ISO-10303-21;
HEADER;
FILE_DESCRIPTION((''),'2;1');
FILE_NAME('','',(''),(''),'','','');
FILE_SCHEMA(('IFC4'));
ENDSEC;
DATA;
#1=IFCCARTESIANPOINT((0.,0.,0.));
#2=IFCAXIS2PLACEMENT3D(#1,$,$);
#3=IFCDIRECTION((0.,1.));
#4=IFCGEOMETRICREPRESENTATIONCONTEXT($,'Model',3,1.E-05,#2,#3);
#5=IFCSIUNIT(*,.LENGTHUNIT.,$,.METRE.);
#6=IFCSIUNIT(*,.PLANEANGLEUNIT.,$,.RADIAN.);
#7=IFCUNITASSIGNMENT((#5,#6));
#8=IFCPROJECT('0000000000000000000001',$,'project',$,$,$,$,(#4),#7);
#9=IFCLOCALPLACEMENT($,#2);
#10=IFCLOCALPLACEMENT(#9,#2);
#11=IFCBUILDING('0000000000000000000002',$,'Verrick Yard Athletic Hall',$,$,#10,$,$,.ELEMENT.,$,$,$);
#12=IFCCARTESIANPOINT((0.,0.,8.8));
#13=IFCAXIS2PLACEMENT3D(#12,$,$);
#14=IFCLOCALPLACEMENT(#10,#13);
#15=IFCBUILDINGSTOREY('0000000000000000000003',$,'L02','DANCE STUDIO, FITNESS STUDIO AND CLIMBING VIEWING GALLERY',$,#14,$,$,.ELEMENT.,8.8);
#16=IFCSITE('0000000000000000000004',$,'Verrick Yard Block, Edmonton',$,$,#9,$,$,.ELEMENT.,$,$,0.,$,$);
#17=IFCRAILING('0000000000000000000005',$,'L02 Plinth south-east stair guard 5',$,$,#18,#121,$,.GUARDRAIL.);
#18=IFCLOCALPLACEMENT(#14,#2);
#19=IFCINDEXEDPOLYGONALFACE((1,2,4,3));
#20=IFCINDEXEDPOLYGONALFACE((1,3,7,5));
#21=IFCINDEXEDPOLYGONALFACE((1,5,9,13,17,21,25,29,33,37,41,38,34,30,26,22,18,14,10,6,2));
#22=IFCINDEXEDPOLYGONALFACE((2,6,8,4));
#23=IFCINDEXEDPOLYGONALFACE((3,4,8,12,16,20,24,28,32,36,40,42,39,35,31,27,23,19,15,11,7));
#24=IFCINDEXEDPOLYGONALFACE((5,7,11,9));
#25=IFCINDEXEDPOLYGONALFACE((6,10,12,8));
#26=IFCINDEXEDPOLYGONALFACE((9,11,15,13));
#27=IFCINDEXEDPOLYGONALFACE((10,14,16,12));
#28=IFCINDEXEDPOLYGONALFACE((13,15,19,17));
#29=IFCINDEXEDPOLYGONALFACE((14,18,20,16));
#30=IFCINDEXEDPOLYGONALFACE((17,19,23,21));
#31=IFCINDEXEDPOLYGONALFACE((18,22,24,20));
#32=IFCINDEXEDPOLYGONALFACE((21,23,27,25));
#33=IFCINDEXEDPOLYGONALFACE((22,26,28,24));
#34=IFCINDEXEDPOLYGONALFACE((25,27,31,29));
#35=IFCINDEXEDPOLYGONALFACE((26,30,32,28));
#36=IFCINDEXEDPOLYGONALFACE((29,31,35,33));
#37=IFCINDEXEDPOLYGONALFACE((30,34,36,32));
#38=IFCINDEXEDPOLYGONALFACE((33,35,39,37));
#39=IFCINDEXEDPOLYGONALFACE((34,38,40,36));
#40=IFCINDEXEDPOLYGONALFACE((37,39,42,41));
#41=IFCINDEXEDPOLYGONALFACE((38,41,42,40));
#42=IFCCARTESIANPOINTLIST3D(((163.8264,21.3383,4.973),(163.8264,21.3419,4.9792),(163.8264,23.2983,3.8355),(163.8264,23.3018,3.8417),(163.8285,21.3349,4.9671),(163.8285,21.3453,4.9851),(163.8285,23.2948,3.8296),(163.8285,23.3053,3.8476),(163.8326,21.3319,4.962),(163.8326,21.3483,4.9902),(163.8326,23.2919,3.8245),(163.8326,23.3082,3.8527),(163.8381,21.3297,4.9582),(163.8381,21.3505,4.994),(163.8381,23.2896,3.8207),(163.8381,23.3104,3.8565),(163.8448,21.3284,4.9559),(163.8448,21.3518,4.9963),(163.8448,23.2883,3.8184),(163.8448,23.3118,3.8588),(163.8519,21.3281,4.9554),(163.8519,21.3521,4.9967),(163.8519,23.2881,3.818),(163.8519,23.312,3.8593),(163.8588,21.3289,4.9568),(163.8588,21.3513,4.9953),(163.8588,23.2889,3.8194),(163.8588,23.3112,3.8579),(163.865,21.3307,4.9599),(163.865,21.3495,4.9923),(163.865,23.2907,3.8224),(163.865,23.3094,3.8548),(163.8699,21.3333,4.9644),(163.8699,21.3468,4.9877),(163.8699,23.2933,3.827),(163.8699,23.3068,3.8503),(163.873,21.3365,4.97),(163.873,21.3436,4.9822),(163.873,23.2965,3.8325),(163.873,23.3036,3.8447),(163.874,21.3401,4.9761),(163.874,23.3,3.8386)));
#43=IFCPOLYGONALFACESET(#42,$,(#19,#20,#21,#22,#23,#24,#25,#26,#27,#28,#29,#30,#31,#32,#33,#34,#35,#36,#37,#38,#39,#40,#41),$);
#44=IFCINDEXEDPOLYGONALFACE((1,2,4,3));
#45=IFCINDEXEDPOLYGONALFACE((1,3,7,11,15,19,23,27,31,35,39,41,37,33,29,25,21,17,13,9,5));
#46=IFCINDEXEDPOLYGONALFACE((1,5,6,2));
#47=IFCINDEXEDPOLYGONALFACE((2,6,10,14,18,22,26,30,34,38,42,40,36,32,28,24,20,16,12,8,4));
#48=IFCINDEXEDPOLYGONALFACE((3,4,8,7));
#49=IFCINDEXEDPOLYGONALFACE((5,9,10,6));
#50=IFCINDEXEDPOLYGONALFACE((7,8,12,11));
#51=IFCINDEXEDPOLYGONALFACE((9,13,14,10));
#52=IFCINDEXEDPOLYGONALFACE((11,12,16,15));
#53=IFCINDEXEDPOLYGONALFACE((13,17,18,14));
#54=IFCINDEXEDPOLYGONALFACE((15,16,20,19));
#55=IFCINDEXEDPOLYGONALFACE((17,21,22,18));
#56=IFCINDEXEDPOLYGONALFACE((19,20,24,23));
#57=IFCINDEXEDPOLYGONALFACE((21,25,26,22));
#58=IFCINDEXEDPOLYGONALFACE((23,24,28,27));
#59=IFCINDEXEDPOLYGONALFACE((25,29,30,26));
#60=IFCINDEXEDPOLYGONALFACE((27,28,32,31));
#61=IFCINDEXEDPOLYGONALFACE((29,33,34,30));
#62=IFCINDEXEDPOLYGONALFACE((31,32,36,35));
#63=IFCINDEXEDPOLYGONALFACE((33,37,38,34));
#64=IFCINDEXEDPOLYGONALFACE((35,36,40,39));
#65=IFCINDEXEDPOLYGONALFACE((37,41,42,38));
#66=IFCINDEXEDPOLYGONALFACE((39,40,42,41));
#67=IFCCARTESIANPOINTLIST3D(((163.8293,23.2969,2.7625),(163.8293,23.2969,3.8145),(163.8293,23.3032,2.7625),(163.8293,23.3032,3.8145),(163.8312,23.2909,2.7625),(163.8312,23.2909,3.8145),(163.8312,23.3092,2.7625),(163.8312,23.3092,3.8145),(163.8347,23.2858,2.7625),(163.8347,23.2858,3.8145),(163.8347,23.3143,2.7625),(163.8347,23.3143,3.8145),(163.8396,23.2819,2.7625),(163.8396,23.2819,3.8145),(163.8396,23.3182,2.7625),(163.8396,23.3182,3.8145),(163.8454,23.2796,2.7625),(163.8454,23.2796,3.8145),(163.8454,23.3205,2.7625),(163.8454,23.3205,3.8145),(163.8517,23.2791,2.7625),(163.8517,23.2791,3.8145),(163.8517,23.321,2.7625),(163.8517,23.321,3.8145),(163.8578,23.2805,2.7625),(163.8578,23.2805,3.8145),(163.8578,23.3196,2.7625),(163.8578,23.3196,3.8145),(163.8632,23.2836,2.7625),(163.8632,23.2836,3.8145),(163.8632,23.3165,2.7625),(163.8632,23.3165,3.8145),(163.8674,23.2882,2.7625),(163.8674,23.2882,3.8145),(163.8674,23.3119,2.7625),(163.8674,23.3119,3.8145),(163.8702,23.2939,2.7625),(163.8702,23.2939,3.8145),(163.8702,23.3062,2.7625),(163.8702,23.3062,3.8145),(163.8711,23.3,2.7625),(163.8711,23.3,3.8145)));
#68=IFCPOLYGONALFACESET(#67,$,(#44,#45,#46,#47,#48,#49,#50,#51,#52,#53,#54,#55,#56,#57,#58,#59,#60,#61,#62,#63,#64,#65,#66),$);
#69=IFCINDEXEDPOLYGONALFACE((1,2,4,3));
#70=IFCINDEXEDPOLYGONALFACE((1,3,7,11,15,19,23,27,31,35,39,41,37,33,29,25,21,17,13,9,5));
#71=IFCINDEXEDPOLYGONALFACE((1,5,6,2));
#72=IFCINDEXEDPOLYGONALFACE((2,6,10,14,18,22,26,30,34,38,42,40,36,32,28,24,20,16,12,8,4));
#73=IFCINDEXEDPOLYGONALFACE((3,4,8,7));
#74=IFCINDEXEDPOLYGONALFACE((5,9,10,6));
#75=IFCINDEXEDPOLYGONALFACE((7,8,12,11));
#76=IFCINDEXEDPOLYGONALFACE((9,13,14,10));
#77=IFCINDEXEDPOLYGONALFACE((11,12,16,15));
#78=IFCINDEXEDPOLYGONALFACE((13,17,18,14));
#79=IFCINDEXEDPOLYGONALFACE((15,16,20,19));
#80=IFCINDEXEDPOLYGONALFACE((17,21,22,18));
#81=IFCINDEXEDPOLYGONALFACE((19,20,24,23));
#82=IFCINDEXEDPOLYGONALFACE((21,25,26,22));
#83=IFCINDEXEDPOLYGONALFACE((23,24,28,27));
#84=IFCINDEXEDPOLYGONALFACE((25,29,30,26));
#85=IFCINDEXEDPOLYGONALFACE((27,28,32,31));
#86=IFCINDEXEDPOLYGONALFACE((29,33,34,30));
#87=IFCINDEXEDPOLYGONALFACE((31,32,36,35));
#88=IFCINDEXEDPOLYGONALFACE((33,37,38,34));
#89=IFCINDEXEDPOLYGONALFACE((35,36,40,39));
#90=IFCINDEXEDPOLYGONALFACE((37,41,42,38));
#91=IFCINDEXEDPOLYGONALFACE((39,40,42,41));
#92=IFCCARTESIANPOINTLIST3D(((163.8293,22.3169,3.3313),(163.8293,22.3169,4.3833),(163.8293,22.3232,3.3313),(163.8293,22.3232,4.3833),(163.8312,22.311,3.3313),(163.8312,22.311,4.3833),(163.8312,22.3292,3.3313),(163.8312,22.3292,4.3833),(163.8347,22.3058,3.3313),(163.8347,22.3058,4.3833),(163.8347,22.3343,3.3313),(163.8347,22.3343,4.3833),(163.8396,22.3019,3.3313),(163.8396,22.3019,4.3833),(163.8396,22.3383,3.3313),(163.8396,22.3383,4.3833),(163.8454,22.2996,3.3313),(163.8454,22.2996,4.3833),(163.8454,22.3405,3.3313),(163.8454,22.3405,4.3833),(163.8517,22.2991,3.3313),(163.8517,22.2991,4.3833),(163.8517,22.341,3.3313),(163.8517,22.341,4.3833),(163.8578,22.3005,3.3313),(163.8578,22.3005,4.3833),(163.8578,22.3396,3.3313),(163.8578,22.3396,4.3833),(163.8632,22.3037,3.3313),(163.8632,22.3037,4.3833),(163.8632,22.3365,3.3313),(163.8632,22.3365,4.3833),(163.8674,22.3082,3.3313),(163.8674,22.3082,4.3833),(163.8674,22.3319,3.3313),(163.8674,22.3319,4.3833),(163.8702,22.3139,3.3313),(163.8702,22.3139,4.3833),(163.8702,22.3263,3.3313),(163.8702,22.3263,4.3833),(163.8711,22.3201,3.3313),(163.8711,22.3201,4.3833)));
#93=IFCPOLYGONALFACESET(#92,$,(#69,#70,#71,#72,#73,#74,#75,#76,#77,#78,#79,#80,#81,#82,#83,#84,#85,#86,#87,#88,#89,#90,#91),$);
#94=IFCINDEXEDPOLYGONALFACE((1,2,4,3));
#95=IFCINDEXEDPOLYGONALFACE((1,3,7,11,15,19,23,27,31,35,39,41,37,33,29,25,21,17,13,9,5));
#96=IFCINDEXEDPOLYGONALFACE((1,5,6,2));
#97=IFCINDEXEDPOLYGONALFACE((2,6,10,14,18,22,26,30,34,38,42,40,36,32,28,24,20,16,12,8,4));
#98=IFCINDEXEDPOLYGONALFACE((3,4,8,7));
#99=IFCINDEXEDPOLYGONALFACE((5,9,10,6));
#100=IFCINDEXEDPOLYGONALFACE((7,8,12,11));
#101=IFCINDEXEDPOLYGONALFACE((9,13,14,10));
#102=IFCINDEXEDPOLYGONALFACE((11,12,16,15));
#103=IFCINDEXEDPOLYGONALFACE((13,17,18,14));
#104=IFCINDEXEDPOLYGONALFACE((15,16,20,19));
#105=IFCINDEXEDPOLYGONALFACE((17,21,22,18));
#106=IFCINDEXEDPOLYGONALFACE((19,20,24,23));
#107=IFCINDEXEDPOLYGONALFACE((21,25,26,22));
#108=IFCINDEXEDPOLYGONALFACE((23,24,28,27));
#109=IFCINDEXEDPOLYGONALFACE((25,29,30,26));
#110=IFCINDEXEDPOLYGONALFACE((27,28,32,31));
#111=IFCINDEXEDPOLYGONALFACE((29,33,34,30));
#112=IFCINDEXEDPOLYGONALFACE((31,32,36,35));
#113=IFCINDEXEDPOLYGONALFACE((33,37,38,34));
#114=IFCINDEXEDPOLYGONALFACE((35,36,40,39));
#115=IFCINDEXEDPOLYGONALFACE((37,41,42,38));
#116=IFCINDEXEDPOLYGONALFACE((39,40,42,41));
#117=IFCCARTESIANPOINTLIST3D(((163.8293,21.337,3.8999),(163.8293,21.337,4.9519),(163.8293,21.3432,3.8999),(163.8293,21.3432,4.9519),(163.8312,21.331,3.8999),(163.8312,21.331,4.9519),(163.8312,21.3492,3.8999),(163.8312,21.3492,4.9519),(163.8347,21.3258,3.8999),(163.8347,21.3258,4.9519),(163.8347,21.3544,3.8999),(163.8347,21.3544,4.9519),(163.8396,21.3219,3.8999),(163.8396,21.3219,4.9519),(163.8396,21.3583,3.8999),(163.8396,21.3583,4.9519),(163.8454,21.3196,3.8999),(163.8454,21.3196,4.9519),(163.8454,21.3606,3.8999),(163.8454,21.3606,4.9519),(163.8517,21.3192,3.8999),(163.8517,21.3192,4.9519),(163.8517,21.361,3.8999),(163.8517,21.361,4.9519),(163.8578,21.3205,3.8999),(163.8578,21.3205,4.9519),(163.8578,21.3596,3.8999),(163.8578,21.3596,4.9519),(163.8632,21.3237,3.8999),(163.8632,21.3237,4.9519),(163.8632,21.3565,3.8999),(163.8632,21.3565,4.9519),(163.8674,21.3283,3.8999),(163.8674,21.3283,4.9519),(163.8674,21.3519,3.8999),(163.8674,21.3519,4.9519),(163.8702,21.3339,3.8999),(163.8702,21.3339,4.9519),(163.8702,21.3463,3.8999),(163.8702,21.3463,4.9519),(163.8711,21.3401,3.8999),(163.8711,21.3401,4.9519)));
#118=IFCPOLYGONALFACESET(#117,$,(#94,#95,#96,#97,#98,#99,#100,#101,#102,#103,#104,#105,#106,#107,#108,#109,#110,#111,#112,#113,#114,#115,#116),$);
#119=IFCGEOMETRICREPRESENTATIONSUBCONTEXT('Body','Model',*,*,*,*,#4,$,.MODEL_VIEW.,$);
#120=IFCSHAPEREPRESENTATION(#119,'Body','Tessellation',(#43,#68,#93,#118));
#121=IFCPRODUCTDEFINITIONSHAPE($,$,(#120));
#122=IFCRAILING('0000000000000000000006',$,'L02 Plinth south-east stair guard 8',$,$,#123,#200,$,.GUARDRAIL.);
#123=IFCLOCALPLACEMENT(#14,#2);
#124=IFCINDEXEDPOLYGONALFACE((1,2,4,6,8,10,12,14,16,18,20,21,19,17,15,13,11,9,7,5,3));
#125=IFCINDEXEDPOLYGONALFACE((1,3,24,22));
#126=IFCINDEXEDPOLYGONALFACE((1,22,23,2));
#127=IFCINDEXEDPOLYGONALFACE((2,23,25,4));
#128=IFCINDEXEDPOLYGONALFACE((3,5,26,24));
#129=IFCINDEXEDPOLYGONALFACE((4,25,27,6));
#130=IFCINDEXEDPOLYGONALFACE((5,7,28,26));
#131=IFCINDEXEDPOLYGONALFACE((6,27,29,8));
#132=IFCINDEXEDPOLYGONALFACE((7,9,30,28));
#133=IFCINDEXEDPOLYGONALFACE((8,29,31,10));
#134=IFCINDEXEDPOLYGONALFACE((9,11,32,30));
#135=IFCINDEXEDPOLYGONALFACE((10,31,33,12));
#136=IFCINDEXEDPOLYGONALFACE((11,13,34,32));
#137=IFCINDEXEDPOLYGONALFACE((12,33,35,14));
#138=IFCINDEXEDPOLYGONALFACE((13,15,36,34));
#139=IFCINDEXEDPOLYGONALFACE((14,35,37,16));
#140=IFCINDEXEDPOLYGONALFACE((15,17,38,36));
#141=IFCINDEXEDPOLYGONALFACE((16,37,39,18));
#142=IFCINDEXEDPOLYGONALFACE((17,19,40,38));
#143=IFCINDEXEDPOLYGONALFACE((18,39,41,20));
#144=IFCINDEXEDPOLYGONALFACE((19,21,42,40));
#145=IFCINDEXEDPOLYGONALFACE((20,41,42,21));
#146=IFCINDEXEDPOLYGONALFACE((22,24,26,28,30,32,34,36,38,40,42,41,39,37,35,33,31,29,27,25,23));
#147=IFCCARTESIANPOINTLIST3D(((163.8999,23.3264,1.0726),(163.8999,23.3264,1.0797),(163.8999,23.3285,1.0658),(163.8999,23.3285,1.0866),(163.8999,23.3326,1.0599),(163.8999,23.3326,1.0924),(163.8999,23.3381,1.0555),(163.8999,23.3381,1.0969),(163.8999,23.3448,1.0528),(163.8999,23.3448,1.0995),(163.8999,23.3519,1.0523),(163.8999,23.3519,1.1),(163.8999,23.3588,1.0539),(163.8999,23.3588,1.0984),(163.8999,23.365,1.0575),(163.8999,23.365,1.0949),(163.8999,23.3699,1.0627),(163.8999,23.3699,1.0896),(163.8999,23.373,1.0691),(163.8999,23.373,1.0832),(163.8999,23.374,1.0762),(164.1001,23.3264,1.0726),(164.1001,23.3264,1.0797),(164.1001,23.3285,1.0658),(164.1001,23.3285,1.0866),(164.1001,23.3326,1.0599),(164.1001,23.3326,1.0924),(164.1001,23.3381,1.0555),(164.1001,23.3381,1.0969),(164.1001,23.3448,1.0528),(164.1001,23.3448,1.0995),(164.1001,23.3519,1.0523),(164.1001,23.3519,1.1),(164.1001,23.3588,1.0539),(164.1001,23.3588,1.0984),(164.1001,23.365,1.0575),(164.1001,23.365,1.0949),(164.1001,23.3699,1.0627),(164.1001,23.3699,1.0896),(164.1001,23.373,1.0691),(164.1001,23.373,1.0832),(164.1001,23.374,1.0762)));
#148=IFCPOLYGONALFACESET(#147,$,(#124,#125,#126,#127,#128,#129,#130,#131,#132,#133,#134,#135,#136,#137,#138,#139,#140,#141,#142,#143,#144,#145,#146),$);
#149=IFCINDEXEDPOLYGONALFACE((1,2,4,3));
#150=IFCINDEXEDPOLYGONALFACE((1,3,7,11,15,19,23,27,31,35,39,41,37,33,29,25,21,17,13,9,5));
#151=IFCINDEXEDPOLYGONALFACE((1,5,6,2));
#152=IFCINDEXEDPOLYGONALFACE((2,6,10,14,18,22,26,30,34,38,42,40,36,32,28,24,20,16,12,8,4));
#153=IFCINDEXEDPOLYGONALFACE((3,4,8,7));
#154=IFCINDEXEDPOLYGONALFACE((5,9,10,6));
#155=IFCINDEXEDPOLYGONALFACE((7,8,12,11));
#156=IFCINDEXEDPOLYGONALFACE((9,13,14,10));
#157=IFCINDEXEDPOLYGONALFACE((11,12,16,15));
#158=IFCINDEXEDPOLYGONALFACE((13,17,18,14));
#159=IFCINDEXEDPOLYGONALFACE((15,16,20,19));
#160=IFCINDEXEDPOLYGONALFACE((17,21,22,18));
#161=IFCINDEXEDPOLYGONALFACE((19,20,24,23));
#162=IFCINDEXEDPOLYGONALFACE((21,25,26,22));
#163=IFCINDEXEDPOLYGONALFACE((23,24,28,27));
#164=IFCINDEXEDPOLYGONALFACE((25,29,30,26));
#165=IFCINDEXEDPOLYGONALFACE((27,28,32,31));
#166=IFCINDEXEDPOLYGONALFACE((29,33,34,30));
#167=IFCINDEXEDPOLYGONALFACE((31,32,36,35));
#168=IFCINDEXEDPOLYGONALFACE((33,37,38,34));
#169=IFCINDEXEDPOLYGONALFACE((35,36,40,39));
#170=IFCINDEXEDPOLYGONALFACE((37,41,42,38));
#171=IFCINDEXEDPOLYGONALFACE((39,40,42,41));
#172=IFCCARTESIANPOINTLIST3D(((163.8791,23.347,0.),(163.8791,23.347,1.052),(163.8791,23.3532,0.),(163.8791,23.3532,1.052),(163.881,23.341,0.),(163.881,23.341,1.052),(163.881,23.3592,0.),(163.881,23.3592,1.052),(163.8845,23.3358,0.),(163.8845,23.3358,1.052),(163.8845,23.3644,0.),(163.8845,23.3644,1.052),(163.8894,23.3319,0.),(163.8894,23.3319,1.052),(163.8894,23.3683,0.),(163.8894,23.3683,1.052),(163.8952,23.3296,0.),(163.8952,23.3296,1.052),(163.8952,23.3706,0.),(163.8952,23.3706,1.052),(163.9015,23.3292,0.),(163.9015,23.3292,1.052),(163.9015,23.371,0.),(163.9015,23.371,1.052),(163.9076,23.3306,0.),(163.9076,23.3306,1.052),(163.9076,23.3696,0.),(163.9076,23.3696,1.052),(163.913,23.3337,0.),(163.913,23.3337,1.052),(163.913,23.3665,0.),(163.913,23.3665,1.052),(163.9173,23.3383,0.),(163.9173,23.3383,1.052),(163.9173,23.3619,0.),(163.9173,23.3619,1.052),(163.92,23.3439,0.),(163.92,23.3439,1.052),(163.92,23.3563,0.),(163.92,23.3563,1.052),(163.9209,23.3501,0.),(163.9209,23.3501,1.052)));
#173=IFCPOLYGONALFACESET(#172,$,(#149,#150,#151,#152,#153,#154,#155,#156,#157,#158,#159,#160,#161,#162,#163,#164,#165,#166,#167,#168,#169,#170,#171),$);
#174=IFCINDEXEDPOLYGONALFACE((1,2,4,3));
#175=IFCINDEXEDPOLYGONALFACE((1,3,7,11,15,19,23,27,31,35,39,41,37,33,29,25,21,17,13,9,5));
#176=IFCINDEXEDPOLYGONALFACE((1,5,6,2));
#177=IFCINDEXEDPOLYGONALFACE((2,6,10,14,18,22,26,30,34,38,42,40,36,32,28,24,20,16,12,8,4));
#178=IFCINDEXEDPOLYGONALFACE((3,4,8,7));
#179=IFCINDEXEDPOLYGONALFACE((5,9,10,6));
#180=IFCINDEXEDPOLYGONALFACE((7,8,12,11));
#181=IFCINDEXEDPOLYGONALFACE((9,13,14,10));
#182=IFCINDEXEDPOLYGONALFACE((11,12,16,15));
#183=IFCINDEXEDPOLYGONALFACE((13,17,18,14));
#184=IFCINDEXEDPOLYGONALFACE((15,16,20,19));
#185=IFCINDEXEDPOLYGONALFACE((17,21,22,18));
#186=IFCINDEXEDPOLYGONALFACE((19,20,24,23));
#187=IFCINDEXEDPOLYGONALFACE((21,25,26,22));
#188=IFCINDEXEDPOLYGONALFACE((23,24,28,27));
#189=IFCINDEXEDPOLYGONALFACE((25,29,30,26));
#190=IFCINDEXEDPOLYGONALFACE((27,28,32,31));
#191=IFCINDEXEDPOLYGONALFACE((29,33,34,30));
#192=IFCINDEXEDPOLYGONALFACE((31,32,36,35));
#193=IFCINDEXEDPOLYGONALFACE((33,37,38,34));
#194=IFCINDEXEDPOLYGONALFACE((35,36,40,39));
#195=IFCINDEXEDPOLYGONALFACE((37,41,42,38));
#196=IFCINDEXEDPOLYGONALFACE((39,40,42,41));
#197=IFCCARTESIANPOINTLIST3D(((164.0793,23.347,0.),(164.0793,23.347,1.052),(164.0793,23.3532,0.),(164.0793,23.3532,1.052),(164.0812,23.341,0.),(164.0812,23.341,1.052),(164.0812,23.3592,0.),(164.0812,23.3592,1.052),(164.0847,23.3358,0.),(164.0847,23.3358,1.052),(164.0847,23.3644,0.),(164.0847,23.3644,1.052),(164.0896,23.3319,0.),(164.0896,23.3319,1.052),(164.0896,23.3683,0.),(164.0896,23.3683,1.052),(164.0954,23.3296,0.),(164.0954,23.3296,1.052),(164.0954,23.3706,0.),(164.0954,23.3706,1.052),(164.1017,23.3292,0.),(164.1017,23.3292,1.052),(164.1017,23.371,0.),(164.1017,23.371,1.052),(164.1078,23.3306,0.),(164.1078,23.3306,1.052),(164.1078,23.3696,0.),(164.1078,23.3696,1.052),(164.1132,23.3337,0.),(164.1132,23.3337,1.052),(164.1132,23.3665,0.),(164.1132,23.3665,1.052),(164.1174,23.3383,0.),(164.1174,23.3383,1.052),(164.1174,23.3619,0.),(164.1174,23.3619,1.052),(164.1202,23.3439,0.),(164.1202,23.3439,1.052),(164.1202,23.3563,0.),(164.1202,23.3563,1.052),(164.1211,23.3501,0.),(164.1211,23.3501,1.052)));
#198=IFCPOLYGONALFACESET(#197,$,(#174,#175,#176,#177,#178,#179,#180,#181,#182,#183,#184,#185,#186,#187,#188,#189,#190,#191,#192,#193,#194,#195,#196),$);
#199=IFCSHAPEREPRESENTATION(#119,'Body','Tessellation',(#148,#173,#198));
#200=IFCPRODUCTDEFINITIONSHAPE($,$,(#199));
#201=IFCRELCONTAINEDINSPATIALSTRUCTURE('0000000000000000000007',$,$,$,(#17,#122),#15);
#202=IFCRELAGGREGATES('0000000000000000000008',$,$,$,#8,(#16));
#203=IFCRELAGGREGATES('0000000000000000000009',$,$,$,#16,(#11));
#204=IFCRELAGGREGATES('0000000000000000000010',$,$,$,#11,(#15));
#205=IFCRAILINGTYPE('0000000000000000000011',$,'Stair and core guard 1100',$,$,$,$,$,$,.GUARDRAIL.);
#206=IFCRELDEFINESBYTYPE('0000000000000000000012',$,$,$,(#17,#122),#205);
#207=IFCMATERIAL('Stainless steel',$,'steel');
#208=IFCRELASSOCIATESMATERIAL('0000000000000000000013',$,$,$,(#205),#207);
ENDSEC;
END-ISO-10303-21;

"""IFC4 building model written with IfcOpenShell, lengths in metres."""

from ifc_helpers import new_model, si_unit, direction, frame, origin, origin_2d, place, context, subcontext, project, spatial, circle, extrude, material, type_object, element, save


model = new_model("IFC4")

# Units and contexts
model_context = context("Model", 3, precision=1e-05, world=origin(), true_north=direction((0.0, 1.0)))
body_context = subcontext(model_context, "Body", "Model", "MODEL_VIEW")
ifc_project = project(units=[si_unit("LENGTHUNIT", "METRE"), si_unit("PLANEANGLEUNIT", "RADIAN")], contexts=[model_context])

# Site, building, storey
site_placement = place(None, origin())
site = spatial("IfcSite", under=ifc_project, at=site_placement, Name="Verrick Yard Block, Edmonton", CompositionType="ELEMENT", RefElevation=0.0)
building_placement = place(site_placement, origin())
building = spatial("IfcBuilding", under=site, at=building_placement, Name="Verrick Yard Athletic Hall", CompositionType="ELEMENT")
storey_placement = place(building_placement, frame((0.0, 0.0, 8.8)))
storey = spatial("IfcBuildingStorey", under=building, at=storey_placement, Name="L02", Description="DANCE STUDIO, FITNESS STUDIO AND CLIMBING VIEWING GALLERY", CompositionType="ELEMENT", Elevation=8.8)

# Railings
ifc_material_1 = material(Name="Stainless steel", Category="steel")
railing_type_1 = type_object("IfcRailingType", Name="Stair and core guard 1100", PredefinedType="GUARDRAIL", material=ifc_material_1)
railing_1_placement = place(storey_placement, frame((163.8501, 23.3, 2.7625)))
element("IfcRailing", 1, at=railing_1_placement, inside=storey, type_object=railing_type_1, Name="L02 Plinth south-east stair guard 5", PredefinedType="GUARDRAIL", context=body_context, shape_type="SweptSolid", body=[
    extrude(circle(Radius=0.0239, at=origin_2d()), frame((0.0, 0.0, 1.0762), z_axis=(0.0, -0.864902, 0.501941), x_axis=(1.0, 0.0, 0.0)), (0.0, 0.0, 1.0), 2.2661),
    extrude(circle(Radius=0.021, at=origin_2d()), origin(), (0.0, 0.0, 1.0), 1.052),
    extrude(circle(Radius=0.021, at=origin_2d()), frame((0.0, -0.98, 0.5688)), (0.0, 0.0, 1.0), 1.052),
    extrude(circle(Radius=0.021, at=origin_2d()), frame((0.0, -1.96, 1.1375)), (0.0, 0.0, 1.0), 1.052),
])
railing_2_placement = place(storey_placement, frame((163.8999, 23.3501, 0.0)))
element("IfcRailing", 2, at=railing_2_placement, inside=storey, type_object=railing_type_1, Name="L02 Plinth south-east stair guard 8", PredefinedType="GUARDRAIL", context=body_context, shape_type="SweptSolid", body=[
    extrude(circle(Radius=0.0239, at=origin_2d()), frame((0.0, 0.0, 1.0762), z_axis=(1.0, 0.0, 0.0), x_axis=(0.0, 1.0, 0.0)), (0.0, 0.0, 1.0), 0.2002),
    extrude(circle(Radius=0.021, at=origin_2d()), origin(), (0.0, 0.0, 1.0), 1.052),
    extrude(circle(Radius=0.021, at=origin_2d()), frame((0.2002, 0.0, 0.0)), (0.0, 0.0, 1.0), 1.052),
])

save(model, "model.ifc")
